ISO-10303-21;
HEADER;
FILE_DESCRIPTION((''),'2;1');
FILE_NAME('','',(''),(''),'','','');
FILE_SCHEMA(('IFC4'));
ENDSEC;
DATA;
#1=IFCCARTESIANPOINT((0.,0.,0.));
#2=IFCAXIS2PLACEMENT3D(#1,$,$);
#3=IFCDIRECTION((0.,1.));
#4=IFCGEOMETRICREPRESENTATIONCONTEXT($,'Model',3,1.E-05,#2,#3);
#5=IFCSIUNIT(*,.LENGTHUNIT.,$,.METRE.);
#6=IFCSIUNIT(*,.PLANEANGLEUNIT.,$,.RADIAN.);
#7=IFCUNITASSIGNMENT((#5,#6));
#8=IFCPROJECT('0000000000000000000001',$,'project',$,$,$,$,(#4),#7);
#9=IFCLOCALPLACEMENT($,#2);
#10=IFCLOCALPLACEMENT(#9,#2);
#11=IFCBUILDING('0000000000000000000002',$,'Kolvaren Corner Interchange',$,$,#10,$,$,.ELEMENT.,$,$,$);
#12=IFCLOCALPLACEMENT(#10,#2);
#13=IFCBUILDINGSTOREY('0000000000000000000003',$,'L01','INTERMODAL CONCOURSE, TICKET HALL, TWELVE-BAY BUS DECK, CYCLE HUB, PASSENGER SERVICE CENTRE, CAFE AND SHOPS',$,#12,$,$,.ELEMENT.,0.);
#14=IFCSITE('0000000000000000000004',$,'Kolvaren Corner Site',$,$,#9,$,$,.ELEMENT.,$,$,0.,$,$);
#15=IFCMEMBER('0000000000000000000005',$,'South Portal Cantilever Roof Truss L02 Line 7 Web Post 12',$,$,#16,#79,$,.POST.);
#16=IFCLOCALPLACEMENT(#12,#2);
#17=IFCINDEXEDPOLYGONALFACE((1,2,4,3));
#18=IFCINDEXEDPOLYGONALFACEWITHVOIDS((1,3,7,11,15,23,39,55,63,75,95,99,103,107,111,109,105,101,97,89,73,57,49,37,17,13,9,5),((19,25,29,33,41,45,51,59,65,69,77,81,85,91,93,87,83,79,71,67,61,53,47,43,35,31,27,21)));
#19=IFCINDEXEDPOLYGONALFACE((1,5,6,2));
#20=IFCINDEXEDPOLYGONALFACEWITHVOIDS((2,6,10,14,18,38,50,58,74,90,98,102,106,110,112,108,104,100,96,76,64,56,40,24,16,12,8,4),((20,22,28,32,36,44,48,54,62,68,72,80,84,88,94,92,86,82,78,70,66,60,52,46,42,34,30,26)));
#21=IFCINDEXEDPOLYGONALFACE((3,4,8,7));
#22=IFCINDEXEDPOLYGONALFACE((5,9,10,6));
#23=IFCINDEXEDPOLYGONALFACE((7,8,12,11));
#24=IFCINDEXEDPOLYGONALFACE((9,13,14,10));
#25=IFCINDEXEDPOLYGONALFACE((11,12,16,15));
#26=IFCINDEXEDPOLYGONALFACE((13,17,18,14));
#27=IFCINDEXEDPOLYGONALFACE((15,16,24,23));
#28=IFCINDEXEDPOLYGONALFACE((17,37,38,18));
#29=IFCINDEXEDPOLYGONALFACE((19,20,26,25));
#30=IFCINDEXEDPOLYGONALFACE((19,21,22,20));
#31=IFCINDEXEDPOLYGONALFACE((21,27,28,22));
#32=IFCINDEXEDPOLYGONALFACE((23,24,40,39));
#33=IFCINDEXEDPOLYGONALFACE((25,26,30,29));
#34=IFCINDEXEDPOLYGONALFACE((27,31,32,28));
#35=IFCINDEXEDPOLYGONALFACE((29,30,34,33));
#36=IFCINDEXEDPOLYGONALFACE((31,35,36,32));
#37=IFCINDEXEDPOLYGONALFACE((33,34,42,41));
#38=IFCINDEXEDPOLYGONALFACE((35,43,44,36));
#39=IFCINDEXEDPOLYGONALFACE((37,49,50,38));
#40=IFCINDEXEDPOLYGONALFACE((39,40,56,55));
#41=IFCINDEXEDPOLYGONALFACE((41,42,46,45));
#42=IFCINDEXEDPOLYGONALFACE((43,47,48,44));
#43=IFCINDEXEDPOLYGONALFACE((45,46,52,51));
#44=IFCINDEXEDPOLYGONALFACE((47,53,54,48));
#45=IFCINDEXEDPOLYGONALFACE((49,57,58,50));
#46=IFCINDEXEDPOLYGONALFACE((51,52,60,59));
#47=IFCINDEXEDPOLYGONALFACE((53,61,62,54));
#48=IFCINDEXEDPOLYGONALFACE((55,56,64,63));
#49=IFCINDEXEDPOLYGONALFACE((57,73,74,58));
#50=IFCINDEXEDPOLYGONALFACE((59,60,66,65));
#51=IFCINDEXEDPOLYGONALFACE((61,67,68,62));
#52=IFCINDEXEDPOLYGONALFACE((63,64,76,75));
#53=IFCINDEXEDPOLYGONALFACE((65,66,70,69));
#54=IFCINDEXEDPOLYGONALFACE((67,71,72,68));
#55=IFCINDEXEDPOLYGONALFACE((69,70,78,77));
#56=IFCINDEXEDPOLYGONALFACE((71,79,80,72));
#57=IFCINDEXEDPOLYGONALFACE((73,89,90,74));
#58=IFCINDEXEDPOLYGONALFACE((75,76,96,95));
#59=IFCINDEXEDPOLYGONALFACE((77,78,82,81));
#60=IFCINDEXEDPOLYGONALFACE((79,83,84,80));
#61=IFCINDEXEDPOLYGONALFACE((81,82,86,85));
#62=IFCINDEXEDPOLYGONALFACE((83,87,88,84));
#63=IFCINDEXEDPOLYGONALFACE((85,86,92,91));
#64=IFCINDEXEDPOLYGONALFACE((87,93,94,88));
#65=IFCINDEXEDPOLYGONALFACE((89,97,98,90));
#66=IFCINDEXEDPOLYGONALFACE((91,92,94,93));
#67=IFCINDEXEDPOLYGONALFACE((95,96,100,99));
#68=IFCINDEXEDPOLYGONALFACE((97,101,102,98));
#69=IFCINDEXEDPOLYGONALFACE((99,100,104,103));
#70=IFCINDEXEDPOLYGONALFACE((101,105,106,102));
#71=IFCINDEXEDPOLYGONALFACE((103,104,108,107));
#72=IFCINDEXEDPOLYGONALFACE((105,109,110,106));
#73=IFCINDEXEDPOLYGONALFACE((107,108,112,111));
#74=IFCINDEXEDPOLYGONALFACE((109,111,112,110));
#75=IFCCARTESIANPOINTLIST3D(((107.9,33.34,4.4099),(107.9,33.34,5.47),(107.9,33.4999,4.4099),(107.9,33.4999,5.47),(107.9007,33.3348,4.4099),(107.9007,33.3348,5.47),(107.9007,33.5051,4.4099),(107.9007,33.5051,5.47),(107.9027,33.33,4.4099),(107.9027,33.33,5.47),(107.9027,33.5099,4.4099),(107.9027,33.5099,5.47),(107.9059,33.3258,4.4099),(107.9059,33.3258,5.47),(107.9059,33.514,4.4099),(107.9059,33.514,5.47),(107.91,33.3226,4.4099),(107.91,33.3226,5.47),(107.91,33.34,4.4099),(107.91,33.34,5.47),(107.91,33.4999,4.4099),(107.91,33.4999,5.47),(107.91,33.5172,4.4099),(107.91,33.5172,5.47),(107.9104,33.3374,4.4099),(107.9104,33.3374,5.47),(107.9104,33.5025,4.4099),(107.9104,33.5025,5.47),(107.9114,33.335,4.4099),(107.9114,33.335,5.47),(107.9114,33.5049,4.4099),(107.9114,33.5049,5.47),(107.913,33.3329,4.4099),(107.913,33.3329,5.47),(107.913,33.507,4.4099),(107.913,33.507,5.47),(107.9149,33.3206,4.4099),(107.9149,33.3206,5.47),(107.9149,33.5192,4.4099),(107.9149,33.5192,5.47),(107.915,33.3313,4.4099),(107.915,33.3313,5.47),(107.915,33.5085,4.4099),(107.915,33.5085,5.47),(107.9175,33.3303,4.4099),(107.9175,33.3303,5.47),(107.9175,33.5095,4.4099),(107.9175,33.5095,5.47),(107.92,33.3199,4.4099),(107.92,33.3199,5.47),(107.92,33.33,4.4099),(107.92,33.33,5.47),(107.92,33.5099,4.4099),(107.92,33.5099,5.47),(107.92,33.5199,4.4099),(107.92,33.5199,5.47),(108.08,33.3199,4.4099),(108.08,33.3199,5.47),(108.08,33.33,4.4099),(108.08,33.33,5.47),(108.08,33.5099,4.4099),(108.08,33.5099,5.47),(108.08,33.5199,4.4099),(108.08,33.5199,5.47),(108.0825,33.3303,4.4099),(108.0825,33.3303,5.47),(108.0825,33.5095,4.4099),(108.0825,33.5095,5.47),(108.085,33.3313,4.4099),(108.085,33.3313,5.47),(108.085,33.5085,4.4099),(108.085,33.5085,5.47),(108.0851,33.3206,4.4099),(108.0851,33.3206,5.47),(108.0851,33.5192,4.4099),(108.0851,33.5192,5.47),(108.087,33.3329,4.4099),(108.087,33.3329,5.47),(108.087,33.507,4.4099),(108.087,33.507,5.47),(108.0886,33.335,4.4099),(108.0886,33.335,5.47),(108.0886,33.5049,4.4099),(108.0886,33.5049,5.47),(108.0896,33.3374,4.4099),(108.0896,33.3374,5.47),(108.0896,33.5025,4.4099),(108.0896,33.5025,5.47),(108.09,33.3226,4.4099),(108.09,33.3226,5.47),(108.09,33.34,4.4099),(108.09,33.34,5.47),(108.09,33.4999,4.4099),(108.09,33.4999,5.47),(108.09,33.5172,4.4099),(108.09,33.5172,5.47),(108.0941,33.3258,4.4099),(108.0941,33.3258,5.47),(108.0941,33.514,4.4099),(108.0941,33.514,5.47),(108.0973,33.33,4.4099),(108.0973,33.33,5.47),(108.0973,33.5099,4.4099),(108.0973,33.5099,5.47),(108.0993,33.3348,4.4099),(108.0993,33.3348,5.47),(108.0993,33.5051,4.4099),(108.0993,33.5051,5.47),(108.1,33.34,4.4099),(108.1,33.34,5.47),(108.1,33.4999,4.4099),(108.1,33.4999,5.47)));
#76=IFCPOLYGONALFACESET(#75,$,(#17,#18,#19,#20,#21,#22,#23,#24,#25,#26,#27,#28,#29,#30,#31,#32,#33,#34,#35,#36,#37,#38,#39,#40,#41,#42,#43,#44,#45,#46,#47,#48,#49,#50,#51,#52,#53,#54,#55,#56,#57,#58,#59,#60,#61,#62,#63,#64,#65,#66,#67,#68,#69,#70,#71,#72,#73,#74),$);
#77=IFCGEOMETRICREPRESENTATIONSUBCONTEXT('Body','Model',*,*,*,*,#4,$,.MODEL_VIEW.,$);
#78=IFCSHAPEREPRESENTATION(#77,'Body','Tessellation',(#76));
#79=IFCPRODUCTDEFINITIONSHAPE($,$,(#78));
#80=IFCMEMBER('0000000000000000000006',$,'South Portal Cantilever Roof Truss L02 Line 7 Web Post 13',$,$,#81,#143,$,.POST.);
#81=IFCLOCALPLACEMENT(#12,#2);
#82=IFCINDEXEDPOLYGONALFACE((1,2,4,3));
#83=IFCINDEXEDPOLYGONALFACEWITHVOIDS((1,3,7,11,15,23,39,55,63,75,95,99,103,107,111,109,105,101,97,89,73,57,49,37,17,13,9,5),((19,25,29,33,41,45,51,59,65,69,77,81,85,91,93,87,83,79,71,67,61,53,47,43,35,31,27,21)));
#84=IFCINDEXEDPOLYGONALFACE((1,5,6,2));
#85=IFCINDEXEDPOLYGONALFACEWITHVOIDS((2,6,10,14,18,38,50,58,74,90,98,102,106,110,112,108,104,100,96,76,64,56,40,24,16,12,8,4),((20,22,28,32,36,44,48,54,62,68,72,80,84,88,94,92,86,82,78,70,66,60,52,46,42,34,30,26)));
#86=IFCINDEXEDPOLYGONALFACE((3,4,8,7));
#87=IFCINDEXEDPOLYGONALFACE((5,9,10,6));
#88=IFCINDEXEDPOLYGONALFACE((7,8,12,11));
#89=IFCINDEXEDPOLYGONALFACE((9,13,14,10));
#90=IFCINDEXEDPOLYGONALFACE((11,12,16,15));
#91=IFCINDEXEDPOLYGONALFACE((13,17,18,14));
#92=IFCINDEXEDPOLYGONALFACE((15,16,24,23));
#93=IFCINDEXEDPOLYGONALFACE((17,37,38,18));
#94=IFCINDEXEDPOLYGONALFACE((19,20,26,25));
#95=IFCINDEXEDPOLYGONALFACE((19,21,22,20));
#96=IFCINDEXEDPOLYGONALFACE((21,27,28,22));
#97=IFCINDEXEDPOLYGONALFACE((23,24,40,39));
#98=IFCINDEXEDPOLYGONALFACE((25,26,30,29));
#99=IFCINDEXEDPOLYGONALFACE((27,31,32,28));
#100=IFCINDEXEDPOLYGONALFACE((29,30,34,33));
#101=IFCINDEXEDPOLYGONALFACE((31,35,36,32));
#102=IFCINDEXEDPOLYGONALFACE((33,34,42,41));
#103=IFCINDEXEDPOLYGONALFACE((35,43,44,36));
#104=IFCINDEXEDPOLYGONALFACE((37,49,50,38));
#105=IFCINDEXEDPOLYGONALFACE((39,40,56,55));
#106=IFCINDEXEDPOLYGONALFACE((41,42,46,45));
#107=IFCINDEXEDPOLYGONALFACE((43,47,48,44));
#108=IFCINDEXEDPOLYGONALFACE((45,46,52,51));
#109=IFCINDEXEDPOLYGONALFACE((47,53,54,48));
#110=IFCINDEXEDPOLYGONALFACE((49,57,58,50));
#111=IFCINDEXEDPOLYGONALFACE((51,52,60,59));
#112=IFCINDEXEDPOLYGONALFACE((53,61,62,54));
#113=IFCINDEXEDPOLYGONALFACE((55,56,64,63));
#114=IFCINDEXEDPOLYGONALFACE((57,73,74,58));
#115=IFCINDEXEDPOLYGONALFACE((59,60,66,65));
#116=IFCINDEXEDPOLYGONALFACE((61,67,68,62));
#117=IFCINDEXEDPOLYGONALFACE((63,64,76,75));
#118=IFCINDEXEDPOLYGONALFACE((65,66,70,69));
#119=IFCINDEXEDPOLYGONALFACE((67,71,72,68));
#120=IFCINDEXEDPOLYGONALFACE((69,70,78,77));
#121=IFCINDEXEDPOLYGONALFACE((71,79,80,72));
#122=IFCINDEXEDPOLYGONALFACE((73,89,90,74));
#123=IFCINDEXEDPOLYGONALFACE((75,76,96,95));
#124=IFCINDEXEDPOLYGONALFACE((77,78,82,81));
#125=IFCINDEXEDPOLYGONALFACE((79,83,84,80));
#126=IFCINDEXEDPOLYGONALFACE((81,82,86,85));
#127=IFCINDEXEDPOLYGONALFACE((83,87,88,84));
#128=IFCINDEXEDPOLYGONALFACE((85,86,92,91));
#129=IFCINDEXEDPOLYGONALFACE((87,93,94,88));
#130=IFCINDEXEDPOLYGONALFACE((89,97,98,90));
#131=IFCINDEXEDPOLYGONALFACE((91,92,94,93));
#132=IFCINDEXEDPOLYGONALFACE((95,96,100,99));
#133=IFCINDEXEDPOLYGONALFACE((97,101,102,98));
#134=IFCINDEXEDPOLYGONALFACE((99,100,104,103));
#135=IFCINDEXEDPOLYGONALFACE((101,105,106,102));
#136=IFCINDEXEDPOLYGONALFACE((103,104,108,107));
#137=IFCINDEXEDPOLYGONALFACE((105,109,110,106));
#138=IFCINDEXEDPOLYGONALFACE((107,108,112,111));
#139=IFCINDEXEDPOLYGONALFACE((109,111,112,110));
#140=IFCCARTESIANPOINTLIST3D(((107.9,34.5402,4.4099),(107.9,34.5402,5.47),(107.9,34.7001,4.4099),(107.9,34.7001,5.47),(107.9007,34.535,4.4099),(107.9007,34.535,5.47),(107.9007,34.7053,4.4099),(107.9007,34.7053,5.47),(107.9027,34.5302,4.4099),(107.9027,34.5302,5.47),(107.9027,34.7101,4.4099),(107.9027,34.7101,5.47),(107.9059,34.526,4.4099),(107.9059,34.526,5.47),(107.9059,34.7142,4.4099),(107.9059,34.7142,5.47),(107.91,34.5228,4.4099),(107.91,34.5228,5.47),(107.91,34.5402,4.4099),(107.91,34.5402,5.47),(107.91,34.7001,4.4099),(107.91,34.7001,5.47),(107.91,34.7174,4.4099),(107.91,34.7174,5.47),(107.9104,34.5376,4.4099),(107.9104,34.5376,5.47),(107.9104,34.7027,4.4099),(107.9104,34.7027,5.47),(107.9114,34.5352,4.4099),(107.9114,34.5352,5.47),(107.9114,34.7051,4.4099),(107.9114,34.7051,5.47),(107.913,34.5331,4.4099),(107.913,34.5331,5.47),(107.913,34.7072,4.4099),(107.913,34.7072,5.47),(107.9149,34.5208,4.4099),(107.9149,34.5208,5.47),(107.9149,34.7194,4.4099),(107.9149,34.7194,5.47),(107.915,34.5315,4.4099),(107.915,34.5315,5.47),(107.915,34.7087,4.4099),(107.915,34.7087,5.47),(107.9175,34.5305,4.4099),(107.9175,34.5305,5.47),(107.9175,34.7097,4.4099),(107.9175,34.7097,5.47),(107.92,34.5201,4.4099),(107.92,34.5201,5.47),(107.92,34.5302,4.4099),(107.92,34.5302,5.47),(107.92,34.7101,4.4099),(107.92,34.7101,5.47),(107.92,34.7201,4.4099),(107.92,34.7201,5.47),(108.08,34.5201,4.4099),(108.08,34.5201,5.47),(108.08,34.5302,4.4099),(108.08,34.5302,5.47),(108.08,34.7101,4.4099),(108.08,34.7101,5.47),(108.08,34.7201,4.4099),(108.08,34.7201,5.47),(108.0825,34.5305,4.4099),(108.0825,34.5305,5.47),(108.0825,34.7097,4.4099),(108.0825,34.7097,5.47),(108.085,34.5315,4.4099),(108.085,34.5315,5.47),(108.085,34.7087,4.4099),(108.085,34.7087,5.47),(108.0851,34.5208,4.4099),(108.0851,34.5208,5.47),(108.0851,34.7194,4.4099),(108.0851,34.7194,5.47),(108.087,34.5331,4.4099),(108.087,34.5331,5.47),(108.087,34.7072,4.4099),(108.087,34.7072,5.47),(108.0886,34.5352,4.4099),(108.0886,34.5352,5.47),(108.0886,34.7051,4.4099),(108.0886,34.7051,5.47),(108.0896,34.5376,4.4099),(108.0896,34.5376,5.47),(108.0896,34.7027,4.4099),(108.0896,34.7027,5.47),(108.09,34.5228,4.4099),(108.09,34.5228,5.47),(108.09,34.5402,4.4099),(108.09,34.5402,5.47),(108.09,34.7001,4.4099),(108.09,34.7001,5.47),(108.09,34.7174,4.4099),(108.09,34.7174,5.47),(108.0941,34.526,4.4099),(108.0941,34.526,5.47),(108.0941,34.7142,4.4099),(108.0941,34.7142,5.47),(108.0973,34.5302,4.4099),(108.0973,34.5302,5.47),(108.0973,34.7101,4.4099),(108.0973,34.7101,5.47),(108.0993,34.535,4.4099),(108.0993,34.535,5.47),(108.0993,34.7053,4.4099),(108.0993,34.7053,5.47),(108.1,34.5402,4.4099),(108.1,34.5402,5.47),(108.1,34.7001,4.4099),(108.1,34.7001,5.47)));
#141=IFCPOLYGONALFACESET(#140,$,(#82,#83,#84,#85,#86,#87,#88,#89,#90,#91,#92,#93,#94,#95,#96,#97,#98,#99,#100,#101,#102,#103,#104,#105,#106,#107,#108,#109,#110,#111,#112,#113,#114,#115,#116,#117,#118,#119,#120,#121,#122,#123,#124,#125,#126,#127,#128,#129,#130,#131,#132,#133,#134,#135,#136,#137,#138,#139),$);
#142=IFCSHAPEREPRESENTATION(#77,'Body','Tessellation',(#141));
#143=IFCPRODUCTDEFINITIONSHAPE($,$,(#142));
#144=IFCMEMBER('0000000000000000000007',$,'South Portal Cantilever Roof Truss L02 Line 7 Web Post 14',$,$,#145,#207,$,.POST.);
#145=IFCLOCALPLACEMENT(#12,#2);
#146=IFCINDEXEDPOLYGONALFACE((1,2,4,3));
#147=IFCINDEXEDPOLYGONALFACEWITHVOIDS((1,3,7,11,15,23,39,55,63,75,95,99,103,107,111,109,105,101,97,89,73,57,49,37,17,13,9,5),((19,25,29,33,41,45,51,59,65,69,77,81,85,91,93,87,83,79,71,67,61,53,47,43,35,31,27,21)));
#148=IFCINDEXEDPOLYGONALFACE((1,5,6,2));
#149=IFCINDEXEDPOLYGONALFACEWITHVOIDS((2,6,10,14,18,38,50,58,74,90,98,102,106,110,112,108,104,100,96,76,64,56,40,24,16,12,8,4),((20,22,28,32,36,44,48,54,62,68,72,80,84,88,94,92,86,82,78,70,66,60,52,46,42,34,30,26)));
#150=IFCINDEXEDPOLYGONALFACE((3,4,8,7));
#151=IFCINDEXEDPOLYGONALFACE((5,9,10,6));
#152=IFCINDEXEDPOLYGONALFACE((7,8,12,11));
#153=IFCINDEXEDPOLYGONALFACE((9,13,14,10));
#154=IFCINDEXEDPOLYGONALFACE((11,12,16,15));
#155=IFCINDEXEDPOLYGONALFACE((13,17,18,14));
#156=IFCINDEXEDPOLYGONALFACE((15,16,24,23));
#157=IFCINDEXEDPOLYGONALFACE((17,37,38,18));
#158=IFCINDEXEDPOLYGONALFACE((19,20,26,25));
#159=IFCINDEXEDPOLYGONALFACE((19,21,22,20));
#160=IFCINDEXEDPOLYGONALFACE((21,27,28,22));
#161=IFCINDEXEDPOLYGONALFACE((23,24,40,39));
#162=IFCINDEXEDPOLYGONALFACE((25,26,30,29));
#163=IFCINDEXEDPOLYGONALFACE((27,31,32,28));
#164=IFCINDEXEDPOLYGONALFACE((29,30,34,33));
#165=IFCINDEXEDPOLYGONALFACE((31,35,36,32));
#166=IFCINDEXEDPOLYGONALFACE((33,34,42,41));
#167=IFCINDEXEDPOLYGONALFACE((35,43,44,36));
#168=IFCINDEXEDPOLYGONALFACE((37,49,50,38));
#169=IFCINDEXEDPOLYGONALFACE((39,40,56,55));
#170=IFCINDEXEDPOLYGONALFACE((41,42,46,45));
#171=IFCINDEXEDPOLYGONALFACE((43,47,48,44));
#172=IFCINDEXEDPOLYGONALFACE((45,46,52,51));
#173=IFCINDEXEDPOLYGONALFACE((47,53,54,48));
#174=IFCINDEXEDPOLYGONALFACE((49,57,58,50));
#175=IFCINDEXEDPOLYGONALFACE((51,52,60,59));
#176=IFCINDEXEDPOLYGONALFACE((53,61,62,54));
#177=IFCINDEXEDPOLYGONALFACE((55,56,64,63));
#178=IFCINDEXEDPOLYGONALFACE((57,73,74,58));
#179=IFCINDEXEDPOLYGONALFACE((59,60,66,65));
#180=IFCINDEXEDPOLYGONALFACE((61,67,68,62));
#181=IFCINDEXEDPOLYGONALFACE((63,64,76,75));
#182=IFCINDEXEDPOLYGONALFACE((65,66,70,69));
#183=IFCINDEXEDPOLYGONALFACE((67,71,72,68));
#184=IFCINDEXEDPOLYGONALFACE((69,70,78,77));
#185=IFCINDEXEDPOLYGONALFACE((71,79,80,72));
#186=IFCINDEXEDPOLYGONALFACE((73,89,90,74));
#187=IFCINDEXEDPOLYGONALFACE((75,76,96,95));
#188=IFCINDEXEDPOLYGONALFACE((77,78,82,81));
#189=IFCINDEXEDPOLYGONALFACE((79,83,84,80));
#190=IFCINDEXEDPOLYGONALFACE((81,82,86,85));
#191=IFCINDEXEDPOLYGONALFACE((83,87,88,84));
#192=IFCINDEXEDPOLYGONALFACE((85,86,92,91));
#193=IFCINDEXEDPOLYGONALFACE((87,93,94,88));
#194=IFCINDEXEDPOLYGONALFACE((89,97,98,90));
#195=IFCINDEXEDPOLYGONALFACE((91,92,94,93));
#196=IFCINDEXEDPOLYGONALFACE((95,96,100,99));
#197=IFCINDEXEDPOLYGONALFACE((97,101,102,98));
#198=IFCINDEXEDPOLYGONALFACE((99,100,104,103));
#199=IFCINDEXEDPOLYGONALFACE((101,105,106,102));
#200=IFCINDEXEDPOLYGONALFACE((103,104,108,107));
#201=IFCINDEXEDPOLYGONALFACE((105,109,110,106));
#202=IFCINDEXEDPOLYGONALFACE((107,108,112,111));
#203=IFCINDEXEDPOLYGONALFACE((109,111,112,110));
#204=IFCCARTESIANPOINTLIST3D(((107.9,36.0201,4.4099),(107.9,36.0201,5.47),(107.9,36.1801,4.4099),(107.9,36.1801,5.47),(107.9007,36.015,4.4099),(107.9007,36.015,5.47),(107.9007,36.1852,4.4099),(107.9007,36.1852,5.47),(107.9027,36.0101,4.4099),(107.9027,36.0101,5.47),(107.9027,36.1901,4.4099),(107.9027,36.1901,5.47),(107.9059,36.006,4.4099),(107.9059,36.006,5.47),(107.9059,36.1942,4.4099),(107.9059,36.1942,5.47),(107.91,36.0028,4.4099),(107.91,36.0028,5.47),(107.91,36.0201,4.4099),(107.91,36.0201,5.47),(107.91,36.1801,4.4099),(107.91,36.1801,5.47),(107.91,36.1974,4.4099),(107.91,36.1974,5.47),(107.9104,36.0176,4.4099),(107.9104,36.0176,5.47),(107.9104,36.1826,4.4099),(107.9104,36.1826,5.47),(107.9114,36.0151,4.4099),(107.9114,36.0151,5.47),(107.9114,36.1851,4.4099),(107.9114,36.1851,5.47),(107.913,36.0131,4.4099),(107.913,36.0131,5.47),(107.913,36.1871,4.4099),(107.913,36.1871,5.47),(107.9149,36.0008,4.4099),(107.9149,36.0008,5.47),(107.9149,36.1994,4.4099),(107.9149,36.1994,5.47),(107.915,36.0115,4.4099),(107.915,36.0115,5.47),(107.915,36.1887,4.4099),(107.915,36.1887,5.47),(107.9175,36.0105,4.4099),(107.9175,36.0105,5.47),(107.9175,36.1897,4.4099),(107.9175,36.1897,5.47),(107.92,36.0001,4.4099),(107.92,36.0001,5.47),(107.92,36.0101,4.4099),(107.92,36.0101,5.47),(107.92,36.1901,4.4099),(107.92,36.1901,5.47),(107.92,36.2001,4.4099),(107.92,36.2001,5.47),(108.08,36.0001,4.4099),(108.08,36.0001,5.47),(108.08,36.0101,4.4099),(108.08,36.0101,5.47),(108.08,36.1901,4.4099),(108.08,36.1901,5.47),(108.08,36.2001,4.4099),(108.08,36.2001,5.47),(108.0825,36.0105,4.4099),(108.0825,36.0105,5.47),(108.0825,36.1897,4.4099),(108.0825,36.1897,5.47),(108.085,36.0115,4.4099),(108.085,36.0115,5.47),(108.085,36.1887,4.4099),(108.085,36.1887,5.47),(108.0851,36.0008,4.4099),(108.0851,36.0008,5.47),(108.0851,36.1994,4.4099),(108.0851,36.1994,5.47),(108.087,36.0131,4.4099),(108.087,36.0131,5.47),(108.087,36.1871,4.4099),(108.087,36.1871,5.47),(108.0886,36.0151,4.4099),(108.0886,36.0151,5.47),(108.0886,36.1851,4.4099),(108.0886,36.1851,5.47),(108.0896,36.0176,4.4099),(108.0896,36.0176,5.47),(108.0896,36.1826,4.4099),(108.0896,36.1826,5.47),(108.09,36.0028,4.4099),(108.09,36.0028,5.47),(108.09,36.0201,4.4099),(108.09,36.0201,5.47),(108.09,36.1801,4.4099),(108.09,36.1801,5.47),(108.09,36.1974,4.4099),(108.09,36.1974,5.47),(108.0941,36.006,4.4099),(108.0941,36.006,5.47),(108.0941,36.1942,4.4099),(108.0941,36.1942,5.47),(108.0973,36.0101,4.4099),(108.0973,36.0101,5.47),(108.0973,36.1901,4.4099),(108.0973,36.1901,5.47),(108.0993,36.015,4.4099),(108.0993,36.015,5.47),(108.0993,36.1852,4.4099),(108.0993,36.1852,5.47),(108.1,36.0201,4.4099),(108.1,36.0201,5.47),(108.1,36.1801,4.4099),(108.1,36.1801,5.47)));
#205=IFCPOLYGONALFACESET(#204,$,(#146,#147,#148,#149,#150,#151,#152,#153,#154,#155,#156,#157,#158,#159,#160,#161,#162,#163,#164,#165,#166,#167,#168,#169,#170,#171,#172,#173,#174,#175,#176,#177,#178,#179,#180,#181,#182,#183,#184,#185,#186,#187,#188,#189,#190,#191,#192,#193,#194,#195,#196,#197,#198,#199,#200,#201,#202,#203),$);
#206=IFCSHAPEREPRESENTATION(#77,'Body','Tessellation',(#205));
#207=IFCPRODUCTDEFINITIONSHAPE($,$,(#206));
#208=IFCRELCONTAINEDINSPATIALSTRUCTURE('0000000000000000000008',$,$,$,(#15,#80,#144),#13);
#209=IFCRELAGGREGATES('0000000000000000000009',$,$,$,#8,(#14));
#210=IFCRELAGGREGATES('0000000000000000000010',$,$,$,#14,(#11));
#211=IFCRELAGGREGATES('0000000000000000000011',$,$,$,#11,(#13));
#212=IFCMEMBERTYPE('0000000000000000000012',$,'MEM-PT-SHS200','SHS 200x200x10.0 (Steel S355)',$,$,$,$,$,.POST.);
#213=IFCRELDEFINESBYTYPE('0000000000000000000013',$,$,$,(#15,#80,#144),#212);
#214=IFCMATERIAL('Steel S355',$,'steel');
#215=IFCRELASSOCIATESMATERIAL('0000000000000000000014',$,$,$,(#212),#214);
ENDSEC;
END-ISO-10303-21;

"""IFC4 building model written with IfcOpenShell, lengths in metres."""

from ifc_helpers import new_model, si_unit, direction, frame, origin, origin_2d, place, context, subcontext, project, spatial, hollow_rectangle, extrude, material, material_profile, profile_set, type_object, element, save


model = new_model("IFC4")

# Units and contexts
model_context = context("Model", 3, precision=1e-05, world=origin(), true_north=direction((0.0, 1.0)))
body_context = subcontext(model_context, "Body", "Model", "MODEL_VIEW")
ifc_project = project(units=[si_unit("LENGTHUNIT", "METRE"), si_unit("PLANEANGLEUNIT", "RADIAN")], contexts=[model_context])

# Site, building, storey
site_placement = place(None, origin())
site = spatial("IfcSite", under=ifc_project, at=site_placement, Name="Kolvaren Corner Site", CompositionType="ELEMENT", RefElevation=0.0)
building_placement = place(site_placement, origin())
building = spatial("IfcBuilding", under=site, at=building_placement, Name="Kolvaren Corner Interchange", CompositionType="ELEMENT")
storey_placement = place(building_placement, origin())
storey = spatial("IfcBuildingStorey", under=building, at=storey_placement, Name="L01", Description="INTERMODAL CONCOURSE, TICKET HALL, TWELVE-BAY BUS DECK, CYCLE HUB, PASSENGER SERVICE CENTRE, CAFE AND SHOPS", CompositionType="ELEMENT", Elevation=0.0)

# Members
ifc_material_1 = material(Name="Steel S355", Category="steel")
ifc_material_profile_1 = material_profile(ifc_material_1, hollow_rectangle(XDim=0.2, YDim=0.2, WallThickness=0.01, InnerFilletRadius=0.01, OuterFilletRadius=0.02, at=origin_2d()), Name="SHS 200x200x10.0")
ifc_profile_set_1 = profile_set([ifc_material_profile_1], Name="Steel S355")
member_type_1 = type_object("IfcMemberType", Name="MEM-PT-SHS200", Description="SHS 200x200x10.0 (Steel S355)", PredefinedType="POST", material=ifc_profile_set_1)
for number, where, z_axis, x_axis, name in (
    (1, (108.0, 33.4199, 4.4099), (0.0, 0.0, 1.0), (1.0, 0.0, 0.0), "South Portal Cantilever Roof Truss L02 Line 7 Web Post 12"),
    (2, (108.0, 34.6201, 4.4099), (0.0, 0.0, 1.0), (1.0, 0.0, 0.0), "South Portal Cantilever Roof Truss L02 Line 7 Web Post 13"),
    (3, (108.0, 36.1001, 4.4099), (0.0, 0.0, 1.0), (1.0, 0.0, 0.0), "South Portal Cantilever Roof Truss L02 Line 7 Web Post 14"),
):
    element("IfcMember", number, at=place(storey_placement, frame(where, z_axis=z_axis, x_axis=x_axis)), inside=storey, type_object=member_type_1, Name=name, PredefinedType="POST", context=body_context, shape_type="SweptSolid", body=[
        extrude(hollow_rectangle(XDim=0.2, YDim=0.2, WallThickness=0.01, InnerFilletRadius=0.01, OuterFilletRadius=0.02, at=origin_2d()), origin(), (0.0, 0.0, 1.0), 1.0601),
    ])

save(model, "model.ifc")
